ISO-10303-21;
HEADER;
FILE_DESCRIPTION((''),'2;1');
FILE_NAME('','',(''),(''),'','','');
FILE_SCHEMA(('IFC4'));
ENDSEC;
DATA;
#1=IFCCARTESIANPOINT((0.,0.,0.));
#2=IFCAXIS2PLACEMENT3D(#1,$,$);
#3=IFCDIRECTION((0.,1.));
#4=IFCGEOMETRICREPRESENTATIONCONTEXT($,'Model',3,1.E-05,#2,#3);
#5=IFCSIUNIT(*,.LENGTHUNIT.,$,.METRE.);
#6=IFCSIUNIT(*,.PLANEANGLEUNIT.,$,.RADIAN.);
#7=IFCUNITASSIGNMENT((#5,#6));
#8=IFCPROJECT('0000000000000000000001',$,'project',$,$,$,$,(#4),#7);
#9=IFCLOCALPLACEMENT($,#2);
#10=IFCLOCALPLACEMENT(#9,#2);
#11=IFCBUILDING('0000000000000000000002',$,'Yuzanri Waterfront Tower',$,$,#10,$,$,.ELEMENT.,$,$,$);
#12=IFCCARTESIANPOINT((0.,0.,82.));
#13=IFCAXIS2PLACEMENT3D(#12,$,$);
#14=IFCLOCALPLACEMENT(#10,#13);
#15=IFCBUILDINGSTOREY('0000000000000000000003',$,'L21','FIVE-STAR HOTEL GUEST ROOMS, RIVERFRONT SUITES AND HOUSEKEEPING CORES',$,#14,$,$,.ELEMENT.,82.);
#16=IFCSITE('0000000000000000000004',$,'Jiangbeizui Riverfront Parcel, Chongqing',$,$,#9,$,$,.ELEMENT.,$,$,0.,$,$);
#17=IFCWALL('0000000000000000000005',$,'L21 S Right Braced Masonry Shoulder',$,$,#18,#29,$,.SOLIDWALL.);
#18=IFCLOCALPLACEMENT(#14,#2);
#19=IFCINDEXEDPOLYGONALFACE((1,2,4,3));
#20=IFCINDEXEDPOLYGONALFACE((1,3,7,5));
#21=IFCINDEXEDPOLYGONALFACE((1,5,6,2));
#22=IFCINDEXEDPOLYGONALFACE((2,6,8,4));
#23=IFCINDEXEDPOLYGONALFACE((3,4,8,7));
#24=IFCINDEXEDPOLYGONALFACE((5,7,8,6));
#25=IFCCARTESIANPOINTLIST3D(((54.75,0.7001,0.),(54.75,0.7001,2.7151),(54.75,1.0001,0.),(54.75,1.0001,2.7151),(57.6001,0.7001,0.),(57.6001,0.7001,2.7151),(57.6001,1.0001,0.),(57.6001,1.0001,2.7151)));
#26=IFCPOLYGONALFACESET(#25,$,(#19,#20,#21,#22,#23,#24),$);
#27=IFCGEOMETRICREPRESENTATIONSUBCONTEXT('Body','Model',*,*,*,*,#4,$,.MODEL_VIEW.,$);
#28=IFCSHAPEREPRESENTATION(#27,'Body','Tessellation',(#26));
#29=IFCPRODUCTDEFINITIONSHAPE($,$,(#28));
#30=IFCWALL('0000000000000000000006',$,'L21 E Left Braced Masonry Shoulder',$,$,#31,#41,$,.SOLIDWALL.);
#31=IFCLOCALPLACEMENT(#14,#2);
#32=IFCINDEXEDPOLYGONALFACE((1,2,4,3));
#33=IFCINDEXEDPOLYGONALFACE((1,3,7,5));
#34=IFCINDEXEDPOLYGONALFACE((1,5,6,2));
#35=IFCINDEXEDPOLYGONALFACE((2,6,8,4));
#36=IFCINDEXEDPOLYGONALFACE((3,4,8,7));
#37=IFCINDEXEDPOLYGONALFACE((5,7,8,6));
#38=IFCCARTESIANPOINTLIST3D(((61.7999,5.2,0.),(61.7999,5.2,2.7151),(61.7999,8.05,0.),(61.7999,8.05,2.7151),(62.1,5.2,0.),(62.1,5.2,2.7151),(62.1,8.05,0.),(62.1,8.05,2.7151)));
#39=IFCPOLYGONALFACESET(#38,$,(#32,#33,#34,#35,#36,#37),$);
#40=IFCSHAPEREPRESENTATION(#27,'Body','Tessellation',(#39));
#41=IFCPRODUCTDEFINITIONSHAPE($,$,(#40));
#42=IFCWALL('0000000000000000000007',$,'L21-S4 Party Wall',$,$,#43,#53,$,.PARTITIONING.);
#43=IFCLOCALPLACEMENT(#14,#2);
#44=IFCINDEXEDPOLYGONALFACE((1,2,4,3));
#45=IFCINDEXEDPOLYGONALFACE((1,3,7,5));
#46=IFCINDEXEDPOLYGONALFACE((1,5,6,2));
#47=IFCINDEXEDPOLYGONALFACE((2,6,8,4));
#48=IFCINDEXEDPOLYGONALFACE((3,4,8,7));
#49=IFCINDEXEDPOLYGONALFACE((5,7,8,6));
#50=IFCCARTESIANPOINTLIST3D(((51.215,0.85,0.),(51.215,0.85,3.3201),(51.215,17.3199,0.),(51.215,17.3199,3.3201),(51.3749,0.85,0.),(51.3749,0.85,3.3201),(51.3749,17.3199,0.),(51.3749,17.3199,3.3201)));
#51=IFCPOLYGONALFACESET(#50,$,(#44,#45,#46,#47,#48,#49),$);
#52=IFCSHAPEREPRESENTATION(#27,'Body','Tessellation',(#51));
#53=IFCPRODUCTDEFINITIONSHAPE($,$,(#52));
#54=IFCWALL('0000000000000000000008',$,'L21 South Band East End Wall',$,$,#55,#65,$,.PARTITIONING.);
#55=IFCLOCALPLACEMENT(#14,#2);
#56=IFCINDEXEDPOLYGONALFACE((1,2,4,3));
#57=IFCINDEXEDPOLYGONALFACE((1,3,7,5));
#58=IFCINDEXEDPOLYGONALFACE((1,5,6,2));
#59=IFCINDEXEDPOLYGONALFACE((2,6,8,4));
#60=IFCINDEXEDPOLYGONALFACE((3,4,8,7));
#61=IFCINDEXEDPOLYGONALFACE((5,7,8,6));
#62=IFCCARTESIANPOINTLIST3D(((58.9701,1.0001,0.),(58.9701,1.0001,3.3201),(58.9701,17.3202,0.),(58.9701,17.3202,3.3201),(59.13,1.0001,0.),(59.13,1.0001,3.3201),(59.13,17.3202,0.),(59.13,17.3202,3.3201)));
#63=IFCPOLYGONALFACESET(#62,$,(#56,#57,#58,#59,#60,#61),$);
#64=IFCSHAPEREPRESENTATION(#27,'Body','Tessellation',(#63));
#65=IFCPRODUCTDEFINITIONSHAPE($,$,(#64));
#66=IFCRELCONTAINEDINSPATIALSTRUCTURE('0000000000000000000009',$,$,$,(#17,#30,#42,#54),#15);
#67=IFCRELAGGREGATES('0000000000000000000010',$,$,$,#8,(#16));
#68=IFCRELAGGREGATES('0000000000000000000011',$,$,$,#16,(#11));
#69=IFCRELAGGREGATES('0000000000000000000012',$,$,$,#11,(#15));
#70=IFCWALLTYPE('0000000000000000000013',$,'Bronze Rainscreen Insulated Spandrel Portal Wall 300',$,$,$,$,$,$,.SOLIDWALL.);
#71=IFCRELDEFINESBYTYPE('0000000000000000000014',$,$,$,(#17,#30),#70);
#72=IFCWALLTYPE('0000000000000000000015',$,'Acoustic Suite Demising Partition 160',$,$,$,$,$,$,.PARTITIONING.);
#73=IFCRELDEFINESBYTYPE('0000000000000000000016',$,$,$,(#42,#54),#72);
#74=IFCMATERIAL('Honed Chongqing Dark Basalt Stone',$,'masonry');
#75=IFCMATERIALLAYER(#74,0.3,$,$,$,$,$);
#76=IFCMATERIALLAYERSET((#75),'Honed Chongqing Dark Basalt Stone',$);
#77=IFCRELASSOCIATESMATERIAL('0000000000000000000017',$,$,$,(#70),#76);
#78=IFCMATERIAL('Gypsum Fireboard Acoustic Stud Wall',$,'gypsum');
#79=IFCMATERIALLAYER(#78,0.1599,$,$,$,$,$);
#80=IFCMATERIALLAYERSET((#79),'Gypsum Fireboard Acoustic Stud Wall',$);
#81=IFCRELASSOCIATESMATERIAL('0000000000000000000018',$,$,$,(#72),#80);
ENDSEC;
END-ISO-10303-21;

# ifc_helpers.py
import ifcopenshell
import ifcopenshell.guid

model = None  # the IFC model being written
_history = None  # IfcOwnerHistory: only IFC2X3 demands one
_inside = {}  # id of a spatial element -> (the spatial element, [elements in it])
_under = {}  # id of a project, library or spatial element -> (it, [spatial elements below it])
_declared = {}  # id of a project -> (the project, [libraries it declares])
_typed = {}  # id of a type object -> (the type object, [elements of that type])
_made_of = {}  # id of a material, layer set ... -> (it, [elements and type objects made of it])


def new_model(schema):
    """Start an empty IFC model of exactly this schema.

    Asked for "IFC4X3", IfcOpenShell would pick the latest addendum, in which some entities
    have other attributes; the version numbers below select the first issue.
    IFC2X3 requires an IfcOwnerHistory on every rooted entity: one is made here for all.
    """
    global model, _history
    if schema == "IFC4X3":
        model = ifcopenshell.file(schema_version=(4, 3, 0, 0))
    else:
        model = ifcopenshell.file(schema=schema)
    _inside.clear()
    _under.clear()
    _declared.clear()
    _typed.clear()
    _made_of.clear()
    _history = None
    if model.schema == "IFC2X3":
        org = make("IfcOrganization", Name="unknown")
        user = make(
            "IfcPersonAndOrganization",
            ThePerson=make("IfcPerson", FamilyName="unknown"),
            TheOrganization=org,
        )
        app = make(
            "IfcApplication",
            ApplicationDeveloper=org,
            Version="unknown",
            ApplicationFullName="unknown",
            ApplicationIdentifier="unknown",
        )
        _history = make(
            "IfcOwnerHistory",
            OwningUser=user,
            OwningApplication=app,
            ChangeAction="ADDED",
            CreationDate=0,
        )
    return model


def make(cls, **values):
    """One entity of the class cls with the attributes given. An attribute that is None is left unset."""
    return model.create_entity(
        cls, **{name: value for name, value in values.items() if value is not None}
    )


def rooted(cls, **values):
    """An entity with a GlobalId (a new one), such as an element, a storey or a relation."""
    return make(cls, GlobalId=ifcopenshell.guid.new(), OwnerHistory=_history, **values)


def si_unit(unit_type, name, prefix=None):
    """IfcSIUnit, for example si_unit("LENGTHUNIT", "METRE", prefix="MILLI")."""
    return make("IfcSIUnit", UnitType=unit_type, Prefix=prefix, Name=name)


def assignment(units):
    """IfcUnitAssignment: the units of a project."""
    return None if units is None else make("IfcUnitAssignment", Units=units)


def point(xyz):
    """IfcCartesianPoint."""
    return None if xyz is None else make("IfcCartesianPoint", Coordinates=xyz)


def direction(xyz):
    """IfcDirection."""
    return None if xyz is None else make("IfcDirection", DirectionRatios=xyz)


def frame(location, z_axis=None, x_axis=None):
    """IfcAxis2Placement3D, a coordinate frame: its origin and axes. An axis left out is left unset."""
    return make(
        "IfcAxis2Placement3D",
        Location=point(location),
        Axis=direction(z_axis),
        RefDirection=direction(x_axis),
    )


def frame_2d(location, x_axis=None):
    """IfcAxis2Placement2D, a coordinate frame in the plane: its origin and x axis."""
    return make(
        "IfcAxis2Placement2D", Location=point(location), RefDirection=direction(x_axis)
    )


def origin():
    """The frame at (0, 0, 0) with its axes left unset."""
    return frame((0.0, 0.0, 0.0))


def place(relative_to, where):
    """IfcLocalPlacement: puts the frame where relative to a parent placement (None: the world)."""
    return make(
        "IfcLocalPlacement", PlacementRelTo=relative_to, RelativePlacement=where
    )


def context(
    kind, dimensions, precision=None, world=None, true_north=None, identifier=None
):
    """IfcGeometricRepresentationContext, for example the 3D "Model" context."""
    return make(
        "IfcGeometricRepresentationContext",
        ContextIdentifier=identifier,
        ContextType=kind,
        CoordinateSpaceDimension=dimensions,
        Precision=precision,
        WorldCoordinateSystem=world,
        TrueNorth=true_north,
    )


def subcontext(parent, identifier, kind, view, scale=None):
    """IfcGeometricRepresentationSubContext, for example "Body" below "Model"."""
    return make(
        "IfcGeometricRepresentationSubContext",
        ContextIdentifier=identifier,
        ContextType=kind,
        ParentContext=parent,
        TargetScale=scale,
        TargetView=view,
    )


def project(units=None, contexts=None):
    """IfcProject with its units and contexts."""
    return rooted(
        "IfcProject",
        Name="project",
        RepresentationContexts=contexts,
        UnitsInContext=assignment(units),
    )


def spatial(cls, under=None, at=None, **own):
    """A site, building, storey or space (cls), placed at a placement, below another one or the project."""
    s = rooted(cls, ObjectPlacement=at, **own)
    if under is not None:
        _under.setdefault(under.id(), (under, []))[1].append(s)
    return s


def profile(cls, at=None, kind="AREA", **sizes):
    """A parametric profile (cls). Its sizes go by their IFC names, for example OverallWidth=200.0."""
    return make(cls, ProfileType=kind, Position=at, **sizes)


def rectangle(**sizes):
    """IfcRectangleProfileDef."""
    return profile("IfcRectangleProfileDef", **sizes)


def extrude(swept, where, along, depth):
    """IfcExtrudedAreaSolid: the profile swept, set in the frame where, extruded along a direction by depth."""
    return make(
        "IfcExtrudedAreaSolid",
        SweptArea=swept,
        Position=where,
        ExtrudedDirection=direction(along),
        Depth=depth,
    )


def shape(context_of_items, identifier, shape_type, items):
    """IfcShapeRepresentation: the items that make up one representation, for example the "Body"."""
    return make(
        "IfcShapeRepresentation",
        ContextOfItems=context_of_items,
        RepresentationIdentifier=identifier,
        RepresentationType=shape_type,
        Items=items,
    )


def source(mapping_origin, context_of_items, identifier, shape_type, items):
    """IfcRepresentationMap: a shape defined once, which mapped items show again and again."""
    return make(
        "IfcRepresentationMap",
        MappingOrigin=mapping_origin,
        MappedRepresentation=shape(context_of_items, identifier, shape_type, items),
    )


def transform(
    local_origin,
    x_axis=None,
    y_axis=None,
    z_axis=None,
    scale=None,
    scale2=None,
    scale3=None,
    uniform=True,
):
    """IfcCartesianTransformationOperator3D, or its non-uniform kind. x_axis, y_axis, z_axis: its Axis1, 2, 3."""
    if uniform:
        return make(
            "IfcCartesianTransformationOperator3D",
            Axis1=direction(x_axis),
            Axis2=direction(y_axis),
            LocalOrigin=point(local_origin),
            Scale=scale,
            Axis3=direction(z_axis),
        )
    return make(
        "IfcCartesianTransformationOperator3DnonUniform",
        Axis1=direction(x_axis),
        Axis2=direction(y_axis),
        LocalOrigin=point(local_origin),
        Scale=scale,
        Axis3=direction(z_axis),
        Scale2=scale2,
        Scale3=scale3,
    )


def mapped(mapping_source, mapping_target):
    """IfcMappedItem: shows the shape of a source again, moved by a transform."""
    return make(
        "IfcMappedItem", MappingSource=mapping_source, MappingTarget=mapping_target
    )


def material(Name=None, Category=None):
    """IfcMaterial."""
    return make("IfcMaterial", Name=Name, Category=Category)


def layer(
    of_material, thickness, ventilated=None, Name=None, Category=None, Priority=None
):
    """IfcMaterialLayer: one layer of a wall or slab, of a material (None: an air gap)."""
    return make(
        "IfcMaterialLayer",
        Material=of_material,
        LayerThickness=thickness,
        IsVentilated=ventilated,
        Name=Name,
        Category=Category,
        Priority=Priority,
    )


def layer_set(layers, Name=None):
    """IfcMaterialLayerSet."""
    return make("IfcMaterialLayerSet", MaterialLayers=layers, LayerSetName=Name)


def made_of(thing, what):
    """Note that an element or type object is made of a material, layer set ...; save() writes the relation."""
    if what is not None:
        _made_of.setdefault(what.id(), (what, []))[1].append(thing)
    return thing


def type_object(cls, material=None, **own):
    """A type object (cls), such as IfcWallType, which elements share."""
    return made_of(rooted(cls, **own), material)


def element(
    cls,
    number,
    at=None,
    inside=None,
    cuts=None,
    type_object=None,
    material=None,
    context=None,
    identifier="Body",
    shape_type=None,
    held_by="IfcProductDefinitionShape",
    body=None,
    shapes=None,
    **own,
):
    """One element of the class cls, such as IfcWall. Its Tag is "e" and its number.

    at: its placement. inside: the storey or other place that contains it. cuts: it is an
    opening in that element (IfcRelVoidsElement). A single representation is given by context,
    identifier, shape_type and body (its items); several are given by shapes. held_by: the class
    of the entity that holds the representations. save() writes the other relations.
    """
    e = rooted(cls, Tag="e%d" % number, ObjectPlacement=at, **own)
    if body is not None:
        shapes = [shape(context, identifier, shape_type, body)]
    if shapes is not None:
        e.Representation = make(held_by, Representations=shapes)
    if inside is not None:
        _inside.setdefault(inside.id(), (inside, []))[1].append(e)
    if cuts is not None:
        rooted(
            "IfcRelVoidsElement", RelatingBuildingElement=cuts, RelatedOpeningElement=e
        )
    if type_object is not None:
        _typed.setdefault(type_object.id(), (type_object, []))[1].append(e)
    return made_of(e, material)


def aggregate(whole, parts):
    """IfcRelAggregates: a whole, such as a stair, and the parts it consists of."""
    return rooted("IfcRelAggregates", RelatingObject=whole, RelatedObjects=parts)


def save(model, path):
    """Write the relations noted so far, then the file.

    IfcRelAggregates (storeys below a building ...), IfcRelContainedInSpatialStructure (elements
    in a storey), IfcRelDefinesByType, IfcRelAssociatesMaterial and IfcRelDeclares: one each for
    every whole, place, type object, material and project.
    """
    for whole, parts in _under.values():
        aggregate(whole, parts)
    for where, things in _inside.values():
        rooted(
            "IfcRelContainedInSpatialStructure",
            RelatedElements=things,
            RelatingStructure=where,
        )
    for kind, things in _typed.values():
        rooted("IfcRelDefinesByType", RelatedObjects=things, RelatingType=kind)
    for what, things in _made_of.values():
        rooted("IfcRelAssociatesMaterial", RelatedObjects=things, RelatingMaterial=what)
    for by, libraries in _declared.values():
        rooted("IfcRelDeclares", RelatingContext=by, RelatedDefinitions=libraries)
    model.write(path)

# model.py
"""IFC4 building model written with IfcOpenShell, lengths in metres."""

from ifc_helpers import new_model, si_unit, direction, frame, frame_2d, origin, place, context, subcontext, project, spatial, rectangle, extrude, source, transform, mapped, material, layer, layer_set, type_object, element, save


model = new_model("IFC4")

# Units and contexts
model_context = context("Model", 3, precision=1e-05, world=origin(), true_north=direction((0.0, 1.0)))
body_context = subcontext(model_context, "Body", "Model", "MODEL_VIEW")
ifc_project = project(units=[si_unit("LENGTHUNIT", "METRE"), si_unit("PLANEANGLEUNIT", "RADIAN")], contexts=[model_context])

# Site, building, storey
site_placement = place(None, origin())
site = spatial("IfcSite", under=ifc_project, at=site_placement, Name="Jiangbeizui Riverfront Parcel, Chongqing", CompositionType="ELEMENT", RefElevation=0.0)
building_placement = place(site_placement, origin())
building = spatial("IfcBuilding", under=site, at=building_placement, Name="Yuzanri Waterfront Tower", CompositionType="ELEMENT")
storey_placement = place(building_placement, frame((0.0, 0.0, 82.0)))
storey = spatial("IfcBuildingStorey", under=building, at=storey_placement, Name="L21", Description="FIVE-STAR HOTEL GUEST ROOMS, RIVERFRONT SUITES AND HOUSEKEEPING CORES", CompositionType="ELEMENT", Elevation=82.0)

# Shared definitions
ifc_material_1 = material(Name="Honed Chongqing Dark Basalt Stone", Category="masonry")
ifc_layer_1 = layer(ifc_material_1, 0.3)
ifc_layer_set_1 = layer_set([ifc_layer_1], Name="Honed Chongqing Dark Basalt Stone")
wall_type_1 = type_object("IfcWallType", Name="Bronze Rainscreen Insulated Spandrel Portal Wall 300", PredefinedType="SOLIDWALL", material=ifc_layer_set_1)

# Walls
shared_shape_1 = source(origin(), body_context, "Body", "SweptSolid", [
    extrude(rectangle(XDim=2.8501, YDim=0.3, at=frame_2d((1.425, 0.0))), origin(), (0.0, 0.0, 1.0), 2.7151),
])
for number, where, z_axis, x_axis, name in (
    (1, (54.75, 0.8501, 0.0), (0.0, 0.0, 1.0), (1.0, 0.0, 0.0), "L21 S Right Braced Masonry Shoulder"),
    (2, (61.95, 5.2, 0.0), (0.0, 0.0, 1.0), (0.0, 1.0, 0.0), "L21 E Left Braced Masonry Shoulder"),
):
    element("IfcWall", number, at=place(storey_placement, frame(where, z_axis=z_axis, x_axis=x_axis)), inside=storey, type_object=wall_type_1, Name=name, PredefinedType="SOLIDWALL", context=body_context, shape_type="MappedRepresentation", body=[
        mapped(shared_shape_1, transform((0.0, 0.0, 0.0), scale=1.0)),
    ])
ifc_material_2 = material(Name="Gypsum Fireboard Acoustic Stud Wall", Category="gypsum")
ifc_layer_2 = layer(ifc_material_2, 0.1599)
ifc_layer_set_2 = layer_set([ifc_layer_2], Name="Gypsum Fireboard Acoustic Stud Wall")
wall_type_2 = type_object("IfcWallType", Name="Acoustic Suite Demising Partition 160", PredefinedType="PARTITIONING", material=ifc_layer_set_2)
shared_shape_2 = source(origin(), body_context, "Body", "SweptSolid", [
    extrude(rectangle(XDim=16.47, YDim=0.1599, at=frame_2d((8.2349, 0.0))), origin(), (0.0, 0.0, 1.0), 3.3201),
])
wall_1_placement = place(storey_placement, frame((51.2949, 0.8501, 0.0), z_axis=(0.0, 0.0, 1.0), x_axis=(0.0, 1.0, 0.0)))
element("IfcWall", 3, at=wall_1_placement, inside=storey, type_object=wall_type_2, Name="L21-S4 Party Wall", PredefinedType="PARTITIONING", context=body_context, shape_type="MappedRepresentation", body=[
    mapped(shared_shape_2, transform((0.0, 0.0, 0.0), scale=1.0)),
])
shared_shape_3 = source(origin(), body_context, "Body", "SweptSolid", [
    extrude(rectangle(XDim=16.3201, YDim=0.1599, at=frame_2d((8.1602, 0.0))), origin(), (0.0, 0.0, 1.0), 3.3201),
])
wall_2_placement = place(storey_placement, frame((59.05, 1.0, 0.0), z_axis=(0.0, 0.0, 1.0), x_axis=(0.0, 1.0, 0.0)))
element("IfcWall", 4, at=wall_2_placement, inside=storey, type_object=wall_type_2, Name="L21 South Band East End Wall", PredefinedType="PARTITIONING", context=body_context, shape_type="MappedRepresentation", body=[
    mapped(shared_shape_3, transform((0.0, 0.0, 0.0), scale=1.0)),
])

save(model, "model.ifc")
